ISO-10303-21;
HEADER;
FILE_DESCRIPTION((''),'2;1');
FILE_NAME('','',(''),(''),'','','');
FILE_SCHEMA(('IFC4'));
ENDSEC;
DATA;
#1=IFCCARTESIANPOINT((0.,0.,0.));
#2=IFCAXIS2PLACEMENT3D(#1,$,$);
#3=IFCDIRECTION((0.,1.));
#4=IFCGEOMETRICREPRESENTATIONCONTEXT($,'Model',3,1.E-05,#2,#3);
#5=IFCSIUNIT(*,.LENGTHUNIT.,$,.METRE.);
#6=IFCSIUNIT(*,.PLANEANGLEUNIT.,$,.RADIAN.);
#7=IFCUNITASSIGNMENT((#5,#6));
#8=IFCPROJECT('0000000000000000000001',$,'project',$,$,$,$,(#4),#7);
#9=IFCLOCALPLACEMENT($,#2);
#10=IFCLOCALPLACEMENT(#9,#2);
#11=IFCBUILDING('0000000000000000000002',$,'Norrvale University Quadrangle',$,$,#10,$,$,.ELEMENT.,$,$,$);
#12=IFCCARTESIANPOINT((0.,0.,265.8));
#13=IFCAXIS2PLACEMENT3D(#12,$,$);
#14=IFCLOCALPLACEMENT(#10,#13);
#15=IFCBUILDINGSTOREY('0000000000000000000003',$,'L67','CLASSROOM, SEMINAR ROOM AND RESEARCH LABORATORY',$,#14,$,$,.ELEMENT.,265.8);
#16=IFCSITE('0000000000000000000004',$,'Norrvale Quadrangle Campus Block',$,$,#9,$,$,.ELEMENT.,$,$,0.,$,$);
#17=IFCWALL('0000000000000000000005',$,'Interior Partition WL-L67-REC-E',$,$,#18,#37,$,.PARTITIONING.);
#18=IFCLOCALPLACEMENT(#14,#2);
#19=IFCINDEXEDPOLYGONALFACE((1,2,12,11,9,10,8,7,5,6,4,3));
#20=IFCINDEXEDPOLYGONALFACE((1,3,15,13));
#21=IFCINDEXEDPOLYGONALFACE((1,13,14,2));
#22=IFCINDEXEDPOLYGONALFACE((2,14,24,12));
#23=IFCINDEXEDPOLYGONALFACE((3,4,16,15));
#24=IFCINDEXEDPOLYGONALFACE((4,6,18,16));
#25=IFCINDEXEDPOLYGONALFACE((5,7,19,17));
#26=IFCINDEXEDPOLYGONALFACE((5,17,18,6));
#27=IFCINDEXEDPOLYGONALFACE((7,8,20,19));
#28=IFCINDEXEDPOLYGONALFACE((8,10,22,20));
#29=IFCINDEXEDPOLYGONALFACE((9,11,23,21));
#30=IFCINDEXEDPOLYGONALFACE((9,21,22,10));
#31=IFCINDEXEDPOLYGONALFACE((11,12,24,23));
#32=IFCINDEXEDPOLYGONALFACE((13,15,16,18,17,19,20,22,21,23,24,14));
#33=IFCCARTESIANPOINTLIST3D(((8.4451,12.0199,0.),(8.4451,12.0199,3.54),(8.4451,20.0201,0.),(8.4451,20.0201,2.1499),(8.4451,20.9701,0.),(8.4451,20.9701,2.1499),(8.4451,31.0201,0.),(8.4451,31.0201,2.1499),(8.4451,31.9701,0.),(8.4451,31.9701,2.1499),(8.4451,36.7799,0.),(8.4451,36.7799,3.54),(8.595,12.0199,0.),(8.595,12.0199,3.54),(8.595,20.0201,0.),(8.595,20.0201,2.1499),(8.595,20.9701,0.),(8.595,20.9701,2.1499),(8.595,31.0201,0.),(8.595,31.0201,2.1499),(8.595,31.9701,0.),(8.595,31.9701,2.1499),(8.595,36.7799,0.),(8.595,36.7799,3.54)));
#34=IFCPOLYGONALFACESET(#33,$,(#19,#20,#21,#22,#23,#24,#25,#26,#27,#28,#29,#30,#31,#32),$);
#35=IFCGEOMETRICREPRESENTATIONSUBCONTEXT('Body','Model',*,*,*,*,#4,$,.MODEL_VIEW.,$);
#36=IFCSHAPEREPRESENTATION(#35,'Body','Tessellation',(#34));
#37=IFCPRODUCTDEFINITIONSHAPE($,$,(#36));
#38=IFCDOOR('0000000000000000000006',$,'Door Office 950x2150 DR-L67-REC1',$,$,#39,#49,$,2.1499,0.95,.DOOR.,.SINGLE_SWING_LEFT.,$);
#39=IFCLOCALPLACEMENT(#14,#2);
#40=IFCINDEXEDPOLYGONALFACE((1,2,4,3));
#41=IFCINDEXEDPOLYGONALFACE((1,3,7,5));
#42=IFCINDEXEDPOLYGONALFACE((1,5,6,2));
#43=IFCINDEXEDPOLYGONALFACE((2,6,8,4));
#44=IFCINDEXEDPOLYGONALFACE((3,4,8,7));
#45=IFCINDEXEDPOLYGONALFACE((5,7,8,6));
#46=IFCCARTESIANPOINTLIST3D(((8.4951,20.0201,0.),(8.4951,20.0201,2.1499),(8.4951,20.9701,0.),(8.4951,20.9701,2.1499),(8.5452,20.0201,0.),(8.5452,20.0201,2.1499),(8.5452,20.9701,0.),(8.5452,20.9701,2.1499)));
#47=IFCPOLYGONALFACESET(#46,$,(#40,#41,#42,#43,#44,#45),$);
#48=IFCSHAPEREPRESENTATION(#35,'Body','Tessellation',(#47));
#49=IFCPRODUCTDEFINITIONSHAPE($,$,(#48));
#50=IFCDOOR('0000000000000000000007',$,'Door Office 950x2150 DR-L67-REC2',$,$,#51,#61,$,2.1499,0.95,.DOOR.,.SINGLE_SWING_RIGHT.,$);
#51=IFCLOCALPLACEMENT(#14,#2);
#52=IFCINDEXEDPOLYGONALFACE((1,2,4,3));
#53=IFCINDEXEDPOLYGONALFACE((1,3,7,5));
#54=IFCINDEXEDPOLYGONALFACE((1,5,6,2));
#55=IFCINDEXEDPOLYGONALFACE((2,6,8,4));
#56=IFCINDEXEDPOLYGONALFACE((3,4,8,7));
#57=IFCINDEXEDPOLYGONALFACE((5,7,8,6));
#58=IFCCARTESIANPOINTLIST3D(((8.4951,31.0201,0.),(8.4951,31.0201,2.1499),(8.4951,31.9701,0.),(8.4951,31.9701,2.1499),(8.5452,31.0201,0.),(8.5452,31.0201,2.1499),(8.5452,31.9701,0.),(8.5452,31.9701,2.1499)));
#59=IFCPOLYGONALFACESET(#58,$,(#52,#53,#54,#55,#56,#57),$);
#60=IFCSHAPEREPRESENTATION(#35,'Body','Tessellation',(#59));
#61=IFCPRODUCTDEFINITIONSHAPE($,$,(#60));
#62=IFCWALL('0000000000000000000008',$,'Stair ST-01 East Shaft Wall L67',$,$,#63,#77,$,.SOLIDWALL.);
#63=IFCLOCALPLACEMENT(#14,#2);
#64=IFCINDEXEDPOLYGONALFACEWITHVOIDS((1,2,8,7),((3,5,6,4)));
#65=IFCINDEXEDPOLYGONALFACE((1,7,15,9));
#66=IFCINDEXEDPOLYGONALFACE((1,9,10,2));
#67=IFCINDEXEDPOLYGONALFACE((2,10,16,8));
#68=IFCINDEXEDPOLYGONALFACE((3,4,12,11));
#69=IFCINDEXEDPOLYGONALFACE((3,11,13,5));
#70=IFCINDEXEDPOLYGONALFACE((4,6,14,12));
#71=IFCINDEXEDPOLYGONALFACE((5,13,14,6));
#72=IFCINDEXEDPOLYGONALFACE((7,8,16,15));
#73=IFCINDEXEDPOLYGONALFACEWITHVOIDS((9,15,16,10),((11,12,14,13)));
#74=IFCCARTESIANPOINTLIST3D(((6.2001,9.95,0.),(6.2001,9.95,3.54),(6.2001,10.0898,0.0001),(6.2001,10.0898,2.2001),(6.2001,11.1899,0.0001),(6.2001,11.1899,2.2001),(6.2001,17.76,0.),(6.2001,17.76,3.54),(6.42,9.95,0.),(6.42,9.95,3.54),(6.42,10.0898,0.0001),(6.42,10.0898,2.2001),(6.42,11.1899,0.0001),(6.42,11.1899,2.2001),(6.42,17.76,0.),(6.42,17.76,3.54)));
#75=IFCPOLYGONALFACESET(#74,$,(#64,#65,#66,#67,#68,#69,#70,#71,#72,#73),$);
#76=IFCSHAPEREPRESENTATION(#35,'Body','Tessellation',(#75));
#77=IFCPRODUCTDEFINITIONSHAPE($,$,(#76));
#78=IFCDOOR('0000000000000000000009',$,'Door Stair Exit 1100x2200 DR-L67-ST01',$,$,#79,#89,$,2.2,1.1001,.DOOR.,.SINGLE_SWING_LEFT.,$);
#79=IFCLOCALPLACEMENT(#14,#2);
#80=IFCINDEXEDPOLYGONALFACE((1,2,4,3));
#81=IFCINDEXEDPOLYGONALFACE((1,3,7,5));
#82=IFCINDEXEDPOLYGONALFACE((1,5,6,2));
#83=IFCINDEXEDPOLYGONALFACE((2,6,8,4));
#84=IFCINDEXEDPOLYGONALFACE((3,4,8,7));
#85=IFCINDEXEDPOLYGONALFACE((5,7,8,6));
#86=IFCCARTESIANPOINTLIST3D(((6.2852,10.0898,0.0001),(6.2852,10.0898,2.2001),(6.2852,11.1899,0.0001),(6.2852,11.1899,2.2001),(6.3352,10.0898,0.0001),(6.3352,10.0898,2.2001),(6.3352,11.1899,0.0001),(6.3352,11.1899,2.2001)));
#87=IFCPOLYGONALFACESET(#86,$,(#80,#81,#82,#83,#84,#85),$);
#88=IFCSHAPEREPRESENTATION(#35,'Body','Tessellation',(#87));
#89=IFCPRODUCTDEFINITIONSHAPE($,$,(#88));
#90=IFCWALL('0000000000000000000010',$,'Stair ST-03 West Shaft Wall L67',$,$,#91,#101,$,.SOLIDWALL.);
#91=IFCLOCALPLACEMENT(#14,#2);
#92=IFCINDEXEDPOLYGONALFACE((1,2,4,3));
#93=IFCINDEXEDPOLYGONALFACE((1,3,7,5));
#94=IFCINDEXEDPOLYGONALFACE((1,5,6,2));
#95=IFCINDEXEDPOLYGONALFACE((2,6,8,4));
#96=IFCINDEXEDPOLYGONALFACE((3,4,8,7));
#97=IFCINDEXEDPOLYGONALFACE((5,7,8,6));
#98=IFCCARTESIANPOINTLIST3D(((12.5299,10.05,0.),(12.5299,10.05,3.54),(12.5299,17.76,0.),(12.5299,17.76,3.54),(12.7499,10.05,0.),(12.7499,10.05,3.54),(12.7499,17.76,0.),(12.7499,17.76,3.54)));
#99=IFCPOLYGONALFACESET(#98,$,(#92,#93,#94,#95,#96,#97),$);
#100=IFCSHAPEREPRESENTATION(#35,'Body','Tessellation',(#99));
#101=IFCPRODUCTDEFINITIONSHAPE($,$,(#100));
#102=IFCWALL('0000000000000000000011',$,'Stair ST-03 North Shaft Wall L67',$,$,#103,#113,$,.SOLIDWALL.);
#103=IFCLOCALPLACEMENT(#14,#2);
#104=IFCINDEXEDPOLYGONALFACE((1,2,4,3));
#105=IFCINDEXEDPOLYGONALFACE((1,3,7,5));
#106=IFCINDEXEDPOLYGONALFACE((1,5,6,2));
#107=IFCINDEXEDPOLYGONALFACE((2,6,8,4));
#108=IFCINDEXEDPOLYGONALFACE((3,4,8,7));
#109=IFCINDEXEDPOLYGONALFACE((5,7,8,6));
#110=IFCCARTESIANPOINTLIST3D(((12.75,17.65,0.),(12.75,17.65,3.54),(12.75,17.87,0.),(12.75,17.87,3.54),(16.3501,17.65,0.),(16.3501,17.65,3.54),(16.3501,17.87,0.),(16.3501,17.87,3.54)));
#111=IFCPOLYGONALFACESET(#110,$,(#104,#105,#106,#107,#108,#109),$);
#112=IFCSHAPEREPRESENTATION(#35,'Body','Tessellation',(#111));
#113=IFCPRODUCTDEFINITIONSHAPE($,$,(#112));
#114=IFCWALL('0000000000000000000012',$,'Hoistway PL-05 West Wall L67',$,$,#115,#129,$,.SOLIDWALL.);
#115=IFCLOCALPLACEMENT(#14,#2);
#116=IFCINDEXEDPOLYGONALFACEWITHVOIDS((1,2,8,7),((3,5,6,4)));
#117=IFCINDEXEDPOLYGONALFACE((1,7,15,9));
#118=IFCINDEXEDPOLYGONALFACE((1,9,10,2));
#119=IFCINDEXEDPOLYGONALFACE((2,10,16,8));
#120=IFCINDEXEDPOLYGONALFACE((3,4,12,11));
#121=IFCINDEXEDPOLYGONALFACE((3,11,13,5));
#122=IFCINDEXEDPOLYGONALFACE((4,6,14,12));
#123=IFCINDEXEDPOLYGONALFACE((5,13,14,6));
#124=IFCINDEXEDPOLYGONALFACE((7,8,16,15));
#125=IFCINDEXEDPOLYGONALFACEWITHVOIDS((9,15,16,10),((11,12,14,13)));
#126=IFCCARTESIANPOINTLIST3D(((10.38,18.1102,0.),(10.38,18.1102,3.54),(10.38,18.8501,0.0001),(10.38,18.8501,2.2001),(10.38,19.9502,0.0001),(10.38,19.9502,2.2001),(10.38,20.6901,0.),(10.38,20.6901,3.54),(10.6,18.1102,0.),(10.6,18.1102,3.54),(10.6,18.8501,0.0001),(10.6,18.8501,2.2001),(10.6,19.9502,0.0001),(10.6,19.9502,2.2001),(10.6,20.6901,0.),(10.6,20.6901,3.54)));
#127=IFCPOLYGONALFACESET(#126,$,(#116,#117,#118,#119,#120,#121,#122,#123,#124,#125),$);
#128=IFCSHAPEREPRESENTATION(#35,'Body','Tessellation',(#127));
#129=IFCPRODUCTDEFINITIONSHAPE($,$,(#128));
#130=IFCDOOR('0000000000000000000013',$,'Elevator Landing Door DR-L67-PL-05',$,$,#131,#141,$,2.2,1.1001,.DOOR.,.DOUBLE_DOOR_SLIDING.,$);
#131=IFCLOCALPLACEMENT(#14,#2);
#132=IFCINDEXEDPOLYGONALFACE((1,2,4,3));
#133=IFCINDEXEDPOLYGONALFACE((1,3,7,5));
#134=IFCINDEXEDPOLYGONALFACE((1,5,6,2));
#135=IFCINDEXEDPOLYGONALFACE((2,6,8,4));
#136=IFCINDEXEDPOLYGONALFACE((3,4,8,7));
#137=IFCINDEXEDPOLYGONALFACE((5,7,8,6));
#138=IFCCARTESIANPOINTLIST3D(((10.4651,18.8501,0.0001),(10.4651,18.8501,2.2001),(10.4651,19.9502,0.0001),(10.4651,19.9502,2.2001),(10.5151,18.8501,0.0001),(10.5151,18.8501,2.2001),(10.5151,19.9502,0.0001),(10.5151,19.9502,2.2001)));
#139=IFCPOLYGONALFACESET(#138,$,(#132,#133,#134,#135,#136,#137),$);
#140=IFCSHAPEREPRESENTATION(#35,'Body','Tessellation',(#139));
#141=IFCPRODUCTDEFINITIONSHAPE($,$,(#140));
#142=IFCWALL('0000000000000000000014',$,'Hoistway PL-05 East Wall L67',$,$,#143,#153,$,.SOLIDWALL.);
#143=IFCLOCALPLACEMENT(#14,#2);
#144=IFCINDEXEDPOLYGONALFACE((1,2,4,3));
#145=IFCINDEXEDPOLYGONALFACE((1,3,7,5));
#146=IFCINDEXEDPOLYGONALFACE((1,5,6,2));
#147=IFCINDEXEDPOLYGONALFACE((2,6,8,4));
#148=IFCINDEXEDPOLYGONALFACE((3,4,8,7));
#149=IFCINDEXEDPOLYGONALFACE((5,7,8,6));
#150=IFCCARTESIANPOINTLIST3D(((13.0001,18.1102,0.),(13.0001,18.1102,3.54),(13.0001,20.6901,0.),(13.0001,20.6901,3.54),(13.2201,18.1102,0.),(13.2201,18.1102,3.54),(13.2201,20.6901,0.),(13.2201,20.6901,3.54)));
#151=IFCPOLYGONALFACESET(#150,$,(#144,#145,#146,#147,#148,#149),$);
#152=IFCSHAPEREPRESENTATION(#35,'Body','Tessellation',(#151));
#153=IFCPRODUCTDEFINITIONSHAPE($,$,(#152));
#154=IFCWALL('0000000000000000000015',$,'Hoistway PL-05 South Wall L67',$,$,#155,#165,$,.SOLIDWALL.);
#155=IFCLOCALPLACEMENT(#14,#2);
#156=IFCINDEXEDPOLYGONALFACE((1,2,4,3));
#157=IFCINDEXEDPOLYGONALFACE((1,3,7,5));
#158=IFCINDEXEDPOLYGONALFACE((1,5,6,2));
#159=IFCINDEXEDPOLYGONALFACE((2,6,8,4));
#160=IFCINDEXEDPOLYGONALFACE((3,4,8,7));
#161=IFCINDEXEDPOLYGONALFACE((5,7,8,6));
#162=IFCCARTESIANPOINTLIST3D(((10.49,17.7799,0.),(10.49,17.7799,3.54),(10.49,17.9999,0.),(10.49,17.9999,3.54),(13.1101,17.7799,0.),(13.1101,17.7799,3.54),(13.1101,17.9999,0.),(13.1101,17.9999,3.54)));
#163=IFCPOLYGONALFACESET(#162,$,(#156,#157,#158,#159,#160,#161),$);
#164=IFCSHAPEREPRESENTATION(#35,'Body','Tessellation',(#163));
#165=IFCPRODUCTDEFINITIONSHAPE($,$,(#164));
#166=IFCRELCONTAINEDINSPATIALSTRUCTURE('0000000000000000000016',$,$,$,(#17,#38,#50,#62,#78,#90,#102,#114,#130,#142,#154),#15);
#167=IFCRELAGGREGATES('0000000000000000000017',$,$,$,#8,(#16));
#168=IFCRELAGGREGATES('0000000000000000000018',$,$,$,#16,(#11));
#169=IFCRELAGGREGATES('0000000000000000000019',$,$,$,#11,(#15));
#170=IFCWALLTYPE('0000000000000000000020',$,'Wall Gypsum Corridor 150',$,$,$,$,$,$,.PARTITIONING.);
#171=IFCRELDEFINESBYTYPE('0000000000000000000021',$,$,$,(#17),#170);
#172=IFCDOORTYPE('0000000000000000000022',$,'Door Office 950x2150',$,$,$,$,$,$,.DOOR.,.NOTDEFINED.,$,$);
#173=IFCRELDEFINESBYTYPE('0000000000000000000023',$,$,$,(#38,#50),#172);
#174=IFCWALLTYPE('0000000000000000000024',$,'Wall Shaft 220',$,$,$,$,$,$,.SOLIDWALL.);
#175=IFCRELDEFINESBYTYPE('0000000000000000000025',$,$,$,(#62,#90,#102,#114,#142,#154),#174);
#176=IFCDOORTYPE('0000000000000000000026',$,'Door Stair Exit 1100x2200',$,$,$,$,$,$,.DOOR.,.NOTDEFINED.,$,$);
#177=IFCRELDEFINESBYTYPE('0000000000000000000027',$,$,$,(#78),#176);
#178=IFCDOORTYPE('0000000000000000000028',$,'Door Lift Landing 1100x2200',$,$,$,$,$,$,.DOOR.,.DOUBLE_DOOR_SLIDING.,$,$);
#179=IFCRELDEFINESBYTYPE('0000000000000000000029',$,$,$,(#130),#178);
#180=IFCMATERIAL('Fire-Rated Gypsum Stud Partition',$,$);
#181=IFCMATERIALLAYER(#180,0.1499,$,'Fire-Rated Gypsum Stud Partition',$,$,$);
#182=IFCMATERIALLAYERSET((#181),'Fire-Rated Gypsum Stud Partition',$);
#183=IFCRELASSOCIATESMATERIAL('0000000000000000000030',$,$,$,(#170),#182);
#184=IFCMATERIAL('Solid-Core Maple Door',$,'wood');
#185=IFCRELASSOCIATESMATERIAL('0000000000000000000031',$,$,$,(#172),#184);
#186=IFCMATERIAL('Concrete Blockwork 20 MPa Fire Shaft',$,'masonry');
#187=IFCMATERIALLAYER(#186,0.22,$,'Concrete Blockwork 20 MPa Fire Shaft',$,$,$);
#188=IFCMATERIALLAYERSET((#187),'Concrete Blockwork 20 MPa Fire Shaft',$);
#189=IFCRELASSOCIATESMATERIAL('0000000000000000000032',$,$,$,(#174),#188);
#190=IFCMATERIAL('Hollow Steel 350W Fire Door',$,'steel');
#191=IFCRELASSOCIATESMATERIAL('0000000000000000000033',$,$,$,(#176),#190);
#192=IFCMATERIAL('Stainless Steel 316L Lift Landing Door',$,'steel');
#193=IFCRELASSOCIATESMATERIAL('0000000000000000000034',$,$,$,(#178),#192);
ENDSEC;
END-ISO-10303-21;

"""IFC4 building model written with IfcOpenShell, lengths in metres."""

from ifc_helpers import new_model, si_unit, direction, frame, frame_2d, origin, place, context, subcontext, project, spatial, rectangle, extrude, material, layer, layer_set, type_object, element, fill, save


model = new_model("IFC4")

# Units and contexts
model_context = context("Model", 3, precision=1e-05, world=origin(), true_north=direction((0.0, 1.0)))
body_context = subcontext(model_context, "Body", "Model", "MODEL_VIEW")
ifc_project = project(units=[si_unit("LENGTHUNIT", "METRE"), si_unit("PLANEANGLEUNIT", "RADIAN")], contexts=[model_context])

# Site, building, storey
site_placement = place(None, origin())
site = spatial("IfcSite", under=ifc_project, at=site_placement, Name="Norrvale Quadrangle Campus Block", CompositionType="ELEMENT", RefElevation=0.0)
building_placement = place(site_placement, origin())
building = spatial("IfcBuilding", under=site, at=building_placement, Name="Norrvale University Quadrangle", CompositionType="ELEMENT")
storey_placement = place(building_placement, frame((0.0, 0.0, 265.8)))
storey = spatial("IfcBuildingStorey", under=building, at=storey_placement, Name="L67", Description="CLASSROOM, SEMINAR ROOM AND RESEARCH LABORATORY", CompositionType="ELEMENT", Elevation=265.8)

# Shared definitions
ifc_material_1 = material(Name="Fire-Rated Gypsum Stud Partition")
ifc_layer_1 = layer(ifc_material_1, 0.1499, Name="Fire-Rated Gypsum Stud Partition")
ifc_layer_set_1 = layer_set([ifc_layer_1], Name="Fire-Rated Gypsum Stud Partition")
wall_type_1 = type_object("IfcWallType", Name="Wall Gypsum Corridor 150", PredefinedType="PARTITIONING", material=ifc_layer_set_1)

# Wall, openings, doors
wall_1_placement = place(storey_placement, frame((8.52, 12.02, 0.0), z_axis=(0.0, 0.0, 1.0), x_axis=(0.0, 1.0, 0.0)))
wall_1 = element("IfcWall", 1, at=wall_1_placement, inside=storey, type_object=wall_type_1, Name="Interior Partition WL-L67-REC-E", PredefinedType="PARTITIONING", context=body_context, shape_type="SweptSolid", body=[
    extrude(rectangle(XDim=24.76, YDim=0.1499, at=frame_2d((12.3799, 0.0))), origin(), (0.0, 0.0, 1.0), 3.54),
])
opening_1_placement = place(wall_1_placement, frame((8.0, 0.0, 0.0)))
opening_1 = element("IfcOpeningElement", 2, at=opening_1_placement, cuts=wall_1, PredefinedType="OPENING", context=body_context, shape_type="SweptSolid", body=[
    extrude(rectangle(XDim=0.95, YDim=2.1499, at=frame_2d((0.4751, 1.075))), frame((0.0, 0.0869, 0.0), z_axis=(0.0, -1.0, 0.0), x_axis=(1.0, 0.0, 0.0)), (0.0, 0.0, 1.0), 0.1738),
])
opening_2_placement = place(wall_1_placement, frame((19.0, 0.0, 0.0)))
opening_2 = element("IfcOpeningElement", 3, at=opening_2_placement, cuts=wall_1, PredefinedType="OPENING", context=body_context, shape_type="SweptSolid", body=[
    extrude(rectangle(XDim=0.95, YDim=2.1499, at=frame_2d((0.4751, 1.075))), frame((0.0, 0.0869, 0.0), z_axis=(0.0, -1.0, 0.0), x_axis=(1.0, 0.0, 0.0)), (0.0, 0.0, 1.0), 0.1738),
])
ifc_material_2 = material(Name="Solid-Core Maple Door", Category="wood")
door_type_1 = type_object("IfcDoorType", Name="Door Office 950x2150", OperationType="NOTDEFINED", PredefinedType="DOOR", material=ifc_material_2)
door_1_placement = place(opening_1_placement, origin())
door_1 = element("IfcDoor", 4, at=door_1_placement, inside=storey, type_object=door_type_1, Name="Door Office 950x2150 DR-L67-REC1", OperationType="SINGLE_SWING_LEFT", OverallHeight=2.1499, OverallWidth=0.95, PredefinedType="DOOR", context=body_context, shape_type="SweptSolid", body=[
    extrude(rectangle(XDim=0.95, YDim=2.1499, at=frame_2d((0.4751, 1.075))), frame((0.0, 0.0249, 0.0), z_axis=(0.0, -1.0, 0.0), x_axis=(1.0, 0.0, 0.0)), (0.0, 0.0, 1.0), 0.05),
])
fill(opening_1, door_1)
door_2_placement = place(opening_2_placement, origin())
door_2 = element("IfcDoor", 5, at=door_2_placement, inside=storey, type_object=door_type_1, Name="Door Office 950x2150 DR-L67-REC2", OperationType="SINGLE_SWING_RIGHT", OverallHeight=2.1499, OverallWidth=0.95, PredefinedType="DOOR", context=body_context, shape_type="SweptSolid", body=[
    extrude(rectangle(XDim=0.95, YDim=2.1499, at=frame_2d((0.4751, 1.075))), frame((0.0, 0.0249, 0.0), z_axis=(0.0, -1.0, 0.0), x_axis=(1.0, 0.0, 0.0)), (0.0, 0.0, 1.0), 0.05),
])
fill(opening_2, door_2)

# Wall, opening, door
ifc_material_3 = material(Name="Concrete Blockwork 20 MPa Fire Shaft", Category="masonry")
ifc_layer_2 = layer(ifc_material_3, 0.22, Name="Concrete Blockwork 20 MPa Fire Shaft")
ifc_layer_set_2 = layer_set([ifc_layer_2], Name="Concrete Blockwork 20 MPa Fire Shaft")
wall_type_2 = type_object("IfcWallType", Name="Wall Shaft 220", PredefinedType="SOLIDWALL", material=ifc_layer_set_2)
wall_2_placement = place(storey_placement, frame((6.3101, 9.95, 0.0), z_axis=(0.0, 0.0, 1.0), x_axis=(0.0, 1.0, 0.0)))
wall_2 = element("IfcWall", 6, at=wall_2_placement, inside=storey, type_object=wall_type_2, Name="Stair ST-01 East Shaft Wall L67", PredefinedType="SOLIDWALL", context=body_context, shape_type="SweptSolid", body=[
    extrude(rectangle(XDim=7.8101, YDim=0.22, at=frame_2d((3.905, 0.0))), origin(), (0.0, 0.0, 1.0), 3.54),
])
opening_3_placement = place(wall_2_placement, frame((0.1399, 0.0, 0.0)))
opening_3 = element("IfcOpeningElement", 7, at=opening_3_placement, cuts=wall_2, PredefinedType="OPENING", context=body_context, shape_type="SweptSolid", body=[
    extrude(rectangle(XDim=1.1001, YDim=2.2, at=frame_2d((0.55, 1.1001))), frame((0.0, 0.1221, 0.0), z_axis=(0.0, -1.0, 0.0), x_axis=(1.0, 0.0, 0.0)), (0.0, 0.0, 1.0), 0.2439),
])
ifc_material_4 = material(Name="Hollow Steel 350W Fire Door", Category="steel")
door_type_2 = type_object("IfcDoorType", Name="Door Stair Exit 1100x2200", OperationType="NOTDEFINED", PredefinedType="DOOR", material=ifc_material_4)
door_3_placement = place(opening_3_placement, origin())
door_3 = element("IfcDoor", 8, at=door_3_placement, inside=storey, type_object=door_type_2, Name="Door Stair Exit 1100x2200 DR-L67-ST01", OperationType="SINGLE_SWING_LEFT", OverallHeight=2.2, OverallWidth=1.1001, PredefinedType="DOOR", context=body_context, shape_type="SweptSolid", body=[
    extrude(rectangle(XDim=1.1001, YDim=2.2, at=frame_2d((0.55, 1.1001))), frame((0.0, 0.0249, 0.0), z_axis=(0.0, -1.0, 0.0), x_axis=(1.0, 0.0, 0.0)), (0.0, 0.0, 1.0), 0.05),
])
fill(opening_3, door_3)

# Walls
wall_3_placement = place(storey_placement, frame((12.6399, 10.05, 0.0), z_axis=(0.0, 0.0, 1.0), x_axis=(0.0, 1.0, 0.0)))
element("IfcWall", 9, at=wall_3_placement, inside=storey, type_object=wall_type_2, Name="Stair ST-03 West Shaft Wall L67", PredefinedType="SOLIDWALL", context=body_context, shape_type="SweptSolid", body=[
    extrude(rectangle(XDim=7.71, YDim=0.22, at=frame_2d((3.855, 0.0))), origin(), (0.0, 0.0, 1.0), 3.54),
])
wall_4_placement = place(storey_placement, frame((12.75, 17.76, 0.0), z_axis=(0.0, 0.0, 1.0), x_axis=(1.0, 0.0, 0.0)))
element("IfcWall", 10, at=wall_4_placement, inside=storey, type_object=wall_type_2, Name="Stair ST-03 North Shaft Wall L67", PredefinedType="SOLIDWALL", context=body_context, shape_type="SweptSolid", body=[
    extrude(rectangle(XDim=3.6001, YDim=0.22, at=frame_2d((1.8, 0.0))), origin(), (0.0, 0.0, 1.0), 3.54),
])

# Wall, opening, door
wall_5_placement = place(storey_placement, frame((10.49, 18.1101, 0.0), z_axis=(0.0, 0.0, 1.0), x_axis=(0.0, 1.0, 0.0)))
wall_5 = element("IfcWall", 11, at=wall_5_placement, inside=storey, type_object=wall_type_2, Name="Hoistway PL-05 West Wall L67", PredefinedType="SOLIDWALL", context=body_context, shape_type="SweptSolid", body=[
    extrude(rectangle(XDim=2.5798, YDim=0.22, at=frame_2d((1.29, 0.0))), origin(), (0.0, 0.0, 1.0), 3.54),
])
opening_4_placement = place(wall_5_placement, frame((0.74, 0.0, 0.0)))
opening_4 = element("IfcOpeningElement", 12, at=opening_4_placement, cuts=wall_5, PredefinedType="OPENING", context=body_context, shape_type="SweptSolid", body=[
    extrude(rectangle(XDim=1.1001, YDim=2.2, at=frame_2d((0.55, 1.1001))), frame((0.0, 0.1221, 0.0), z_axis=(0.0, -1.0, 0.0), x_axis=(1.0, 0.0, 0.0)), (0.0, 0.0, 1.0), 0.2439),
])
ifc_material_5 = material(Name="Stainless Steel 316L Lift Landing Door", Category="steel")
door_type_3 = type_object("IfcDoorType", Name="Door Lift Landing 1100x2200", OperationType="DOUBLE_DOOR_SLIDING", PredefinedType="DOOR", material=ifc_material_5)
door_4_placement = place(opening_4_placement, origin())
door_4 = element("IfcDoor", 13, at=door_4_placement, inside=storey, type_object=door_type_3, Name="Elevator Landing Door DR-L67-PL-05", OperationType="DOUBLE_DOOR_SLIDING", OverallHeight=2.2, OverallWidth=1.1001, PredefinedType="DOOR", context=body_context, shape_type="SweptSolid", body=[
    extrude(rectangle(XDim=1.1001, YDim=2.2, at=frame_2d((0.55, 1.1001))), frame((0.0, 0.0249, 0.0), z_axis=(0.0, -1.0, 0.0), x_axis=(1.0, 0.0, 0.0)), (0.0, 0.0, 1.0), 0.05),
])
fill(opening_4, door_4)

# Walls
wall_6_placement = place(storey_placement, frame((13.1101, 18.1101, 0.0), z_axis=(0.0, 0.0, 1.0), x_axis=(0.0, 1.0, 0.0)))
element("IfcWall", 14, at=wall_6_placement, inside=storey, type_object=wall_type_2, Name="Hoistway PL-05 East Wall L67", PredefinedType="SOLIDWALL", context=body_context, shape_type="SweptSolid", body=[
    extrude(rectangle(XDim=2.5798, YDim=0.22, at=frame_2d((1.29, 0.0))), origin(), (0.0, 0.0, 1.0), 3.54),
])
wall_7_placement = place(storey_placement, frame((10.49, 17.8899, 0.0), z_axis=(0.0, 0.0, 1.0), x_axis=(1.0, 0.0, 0.0)))
element("IfcWall", 15, at=wall_7_placement, inside=storey, type_object=wall_type_2, Name="Hoistway PL-05 South Wall L67", PredefinedType="SOLIDWALL", context=body_context, shape_type="SweptSolid", body=[
    extrude(rectangle(XDim=2.6201, YDim=0.22, at=frame_2d((1.3101, 0.0))), origin(), (0.0, 0.0, 1.0), 3.54),
])

save(model, "model.ifc")
